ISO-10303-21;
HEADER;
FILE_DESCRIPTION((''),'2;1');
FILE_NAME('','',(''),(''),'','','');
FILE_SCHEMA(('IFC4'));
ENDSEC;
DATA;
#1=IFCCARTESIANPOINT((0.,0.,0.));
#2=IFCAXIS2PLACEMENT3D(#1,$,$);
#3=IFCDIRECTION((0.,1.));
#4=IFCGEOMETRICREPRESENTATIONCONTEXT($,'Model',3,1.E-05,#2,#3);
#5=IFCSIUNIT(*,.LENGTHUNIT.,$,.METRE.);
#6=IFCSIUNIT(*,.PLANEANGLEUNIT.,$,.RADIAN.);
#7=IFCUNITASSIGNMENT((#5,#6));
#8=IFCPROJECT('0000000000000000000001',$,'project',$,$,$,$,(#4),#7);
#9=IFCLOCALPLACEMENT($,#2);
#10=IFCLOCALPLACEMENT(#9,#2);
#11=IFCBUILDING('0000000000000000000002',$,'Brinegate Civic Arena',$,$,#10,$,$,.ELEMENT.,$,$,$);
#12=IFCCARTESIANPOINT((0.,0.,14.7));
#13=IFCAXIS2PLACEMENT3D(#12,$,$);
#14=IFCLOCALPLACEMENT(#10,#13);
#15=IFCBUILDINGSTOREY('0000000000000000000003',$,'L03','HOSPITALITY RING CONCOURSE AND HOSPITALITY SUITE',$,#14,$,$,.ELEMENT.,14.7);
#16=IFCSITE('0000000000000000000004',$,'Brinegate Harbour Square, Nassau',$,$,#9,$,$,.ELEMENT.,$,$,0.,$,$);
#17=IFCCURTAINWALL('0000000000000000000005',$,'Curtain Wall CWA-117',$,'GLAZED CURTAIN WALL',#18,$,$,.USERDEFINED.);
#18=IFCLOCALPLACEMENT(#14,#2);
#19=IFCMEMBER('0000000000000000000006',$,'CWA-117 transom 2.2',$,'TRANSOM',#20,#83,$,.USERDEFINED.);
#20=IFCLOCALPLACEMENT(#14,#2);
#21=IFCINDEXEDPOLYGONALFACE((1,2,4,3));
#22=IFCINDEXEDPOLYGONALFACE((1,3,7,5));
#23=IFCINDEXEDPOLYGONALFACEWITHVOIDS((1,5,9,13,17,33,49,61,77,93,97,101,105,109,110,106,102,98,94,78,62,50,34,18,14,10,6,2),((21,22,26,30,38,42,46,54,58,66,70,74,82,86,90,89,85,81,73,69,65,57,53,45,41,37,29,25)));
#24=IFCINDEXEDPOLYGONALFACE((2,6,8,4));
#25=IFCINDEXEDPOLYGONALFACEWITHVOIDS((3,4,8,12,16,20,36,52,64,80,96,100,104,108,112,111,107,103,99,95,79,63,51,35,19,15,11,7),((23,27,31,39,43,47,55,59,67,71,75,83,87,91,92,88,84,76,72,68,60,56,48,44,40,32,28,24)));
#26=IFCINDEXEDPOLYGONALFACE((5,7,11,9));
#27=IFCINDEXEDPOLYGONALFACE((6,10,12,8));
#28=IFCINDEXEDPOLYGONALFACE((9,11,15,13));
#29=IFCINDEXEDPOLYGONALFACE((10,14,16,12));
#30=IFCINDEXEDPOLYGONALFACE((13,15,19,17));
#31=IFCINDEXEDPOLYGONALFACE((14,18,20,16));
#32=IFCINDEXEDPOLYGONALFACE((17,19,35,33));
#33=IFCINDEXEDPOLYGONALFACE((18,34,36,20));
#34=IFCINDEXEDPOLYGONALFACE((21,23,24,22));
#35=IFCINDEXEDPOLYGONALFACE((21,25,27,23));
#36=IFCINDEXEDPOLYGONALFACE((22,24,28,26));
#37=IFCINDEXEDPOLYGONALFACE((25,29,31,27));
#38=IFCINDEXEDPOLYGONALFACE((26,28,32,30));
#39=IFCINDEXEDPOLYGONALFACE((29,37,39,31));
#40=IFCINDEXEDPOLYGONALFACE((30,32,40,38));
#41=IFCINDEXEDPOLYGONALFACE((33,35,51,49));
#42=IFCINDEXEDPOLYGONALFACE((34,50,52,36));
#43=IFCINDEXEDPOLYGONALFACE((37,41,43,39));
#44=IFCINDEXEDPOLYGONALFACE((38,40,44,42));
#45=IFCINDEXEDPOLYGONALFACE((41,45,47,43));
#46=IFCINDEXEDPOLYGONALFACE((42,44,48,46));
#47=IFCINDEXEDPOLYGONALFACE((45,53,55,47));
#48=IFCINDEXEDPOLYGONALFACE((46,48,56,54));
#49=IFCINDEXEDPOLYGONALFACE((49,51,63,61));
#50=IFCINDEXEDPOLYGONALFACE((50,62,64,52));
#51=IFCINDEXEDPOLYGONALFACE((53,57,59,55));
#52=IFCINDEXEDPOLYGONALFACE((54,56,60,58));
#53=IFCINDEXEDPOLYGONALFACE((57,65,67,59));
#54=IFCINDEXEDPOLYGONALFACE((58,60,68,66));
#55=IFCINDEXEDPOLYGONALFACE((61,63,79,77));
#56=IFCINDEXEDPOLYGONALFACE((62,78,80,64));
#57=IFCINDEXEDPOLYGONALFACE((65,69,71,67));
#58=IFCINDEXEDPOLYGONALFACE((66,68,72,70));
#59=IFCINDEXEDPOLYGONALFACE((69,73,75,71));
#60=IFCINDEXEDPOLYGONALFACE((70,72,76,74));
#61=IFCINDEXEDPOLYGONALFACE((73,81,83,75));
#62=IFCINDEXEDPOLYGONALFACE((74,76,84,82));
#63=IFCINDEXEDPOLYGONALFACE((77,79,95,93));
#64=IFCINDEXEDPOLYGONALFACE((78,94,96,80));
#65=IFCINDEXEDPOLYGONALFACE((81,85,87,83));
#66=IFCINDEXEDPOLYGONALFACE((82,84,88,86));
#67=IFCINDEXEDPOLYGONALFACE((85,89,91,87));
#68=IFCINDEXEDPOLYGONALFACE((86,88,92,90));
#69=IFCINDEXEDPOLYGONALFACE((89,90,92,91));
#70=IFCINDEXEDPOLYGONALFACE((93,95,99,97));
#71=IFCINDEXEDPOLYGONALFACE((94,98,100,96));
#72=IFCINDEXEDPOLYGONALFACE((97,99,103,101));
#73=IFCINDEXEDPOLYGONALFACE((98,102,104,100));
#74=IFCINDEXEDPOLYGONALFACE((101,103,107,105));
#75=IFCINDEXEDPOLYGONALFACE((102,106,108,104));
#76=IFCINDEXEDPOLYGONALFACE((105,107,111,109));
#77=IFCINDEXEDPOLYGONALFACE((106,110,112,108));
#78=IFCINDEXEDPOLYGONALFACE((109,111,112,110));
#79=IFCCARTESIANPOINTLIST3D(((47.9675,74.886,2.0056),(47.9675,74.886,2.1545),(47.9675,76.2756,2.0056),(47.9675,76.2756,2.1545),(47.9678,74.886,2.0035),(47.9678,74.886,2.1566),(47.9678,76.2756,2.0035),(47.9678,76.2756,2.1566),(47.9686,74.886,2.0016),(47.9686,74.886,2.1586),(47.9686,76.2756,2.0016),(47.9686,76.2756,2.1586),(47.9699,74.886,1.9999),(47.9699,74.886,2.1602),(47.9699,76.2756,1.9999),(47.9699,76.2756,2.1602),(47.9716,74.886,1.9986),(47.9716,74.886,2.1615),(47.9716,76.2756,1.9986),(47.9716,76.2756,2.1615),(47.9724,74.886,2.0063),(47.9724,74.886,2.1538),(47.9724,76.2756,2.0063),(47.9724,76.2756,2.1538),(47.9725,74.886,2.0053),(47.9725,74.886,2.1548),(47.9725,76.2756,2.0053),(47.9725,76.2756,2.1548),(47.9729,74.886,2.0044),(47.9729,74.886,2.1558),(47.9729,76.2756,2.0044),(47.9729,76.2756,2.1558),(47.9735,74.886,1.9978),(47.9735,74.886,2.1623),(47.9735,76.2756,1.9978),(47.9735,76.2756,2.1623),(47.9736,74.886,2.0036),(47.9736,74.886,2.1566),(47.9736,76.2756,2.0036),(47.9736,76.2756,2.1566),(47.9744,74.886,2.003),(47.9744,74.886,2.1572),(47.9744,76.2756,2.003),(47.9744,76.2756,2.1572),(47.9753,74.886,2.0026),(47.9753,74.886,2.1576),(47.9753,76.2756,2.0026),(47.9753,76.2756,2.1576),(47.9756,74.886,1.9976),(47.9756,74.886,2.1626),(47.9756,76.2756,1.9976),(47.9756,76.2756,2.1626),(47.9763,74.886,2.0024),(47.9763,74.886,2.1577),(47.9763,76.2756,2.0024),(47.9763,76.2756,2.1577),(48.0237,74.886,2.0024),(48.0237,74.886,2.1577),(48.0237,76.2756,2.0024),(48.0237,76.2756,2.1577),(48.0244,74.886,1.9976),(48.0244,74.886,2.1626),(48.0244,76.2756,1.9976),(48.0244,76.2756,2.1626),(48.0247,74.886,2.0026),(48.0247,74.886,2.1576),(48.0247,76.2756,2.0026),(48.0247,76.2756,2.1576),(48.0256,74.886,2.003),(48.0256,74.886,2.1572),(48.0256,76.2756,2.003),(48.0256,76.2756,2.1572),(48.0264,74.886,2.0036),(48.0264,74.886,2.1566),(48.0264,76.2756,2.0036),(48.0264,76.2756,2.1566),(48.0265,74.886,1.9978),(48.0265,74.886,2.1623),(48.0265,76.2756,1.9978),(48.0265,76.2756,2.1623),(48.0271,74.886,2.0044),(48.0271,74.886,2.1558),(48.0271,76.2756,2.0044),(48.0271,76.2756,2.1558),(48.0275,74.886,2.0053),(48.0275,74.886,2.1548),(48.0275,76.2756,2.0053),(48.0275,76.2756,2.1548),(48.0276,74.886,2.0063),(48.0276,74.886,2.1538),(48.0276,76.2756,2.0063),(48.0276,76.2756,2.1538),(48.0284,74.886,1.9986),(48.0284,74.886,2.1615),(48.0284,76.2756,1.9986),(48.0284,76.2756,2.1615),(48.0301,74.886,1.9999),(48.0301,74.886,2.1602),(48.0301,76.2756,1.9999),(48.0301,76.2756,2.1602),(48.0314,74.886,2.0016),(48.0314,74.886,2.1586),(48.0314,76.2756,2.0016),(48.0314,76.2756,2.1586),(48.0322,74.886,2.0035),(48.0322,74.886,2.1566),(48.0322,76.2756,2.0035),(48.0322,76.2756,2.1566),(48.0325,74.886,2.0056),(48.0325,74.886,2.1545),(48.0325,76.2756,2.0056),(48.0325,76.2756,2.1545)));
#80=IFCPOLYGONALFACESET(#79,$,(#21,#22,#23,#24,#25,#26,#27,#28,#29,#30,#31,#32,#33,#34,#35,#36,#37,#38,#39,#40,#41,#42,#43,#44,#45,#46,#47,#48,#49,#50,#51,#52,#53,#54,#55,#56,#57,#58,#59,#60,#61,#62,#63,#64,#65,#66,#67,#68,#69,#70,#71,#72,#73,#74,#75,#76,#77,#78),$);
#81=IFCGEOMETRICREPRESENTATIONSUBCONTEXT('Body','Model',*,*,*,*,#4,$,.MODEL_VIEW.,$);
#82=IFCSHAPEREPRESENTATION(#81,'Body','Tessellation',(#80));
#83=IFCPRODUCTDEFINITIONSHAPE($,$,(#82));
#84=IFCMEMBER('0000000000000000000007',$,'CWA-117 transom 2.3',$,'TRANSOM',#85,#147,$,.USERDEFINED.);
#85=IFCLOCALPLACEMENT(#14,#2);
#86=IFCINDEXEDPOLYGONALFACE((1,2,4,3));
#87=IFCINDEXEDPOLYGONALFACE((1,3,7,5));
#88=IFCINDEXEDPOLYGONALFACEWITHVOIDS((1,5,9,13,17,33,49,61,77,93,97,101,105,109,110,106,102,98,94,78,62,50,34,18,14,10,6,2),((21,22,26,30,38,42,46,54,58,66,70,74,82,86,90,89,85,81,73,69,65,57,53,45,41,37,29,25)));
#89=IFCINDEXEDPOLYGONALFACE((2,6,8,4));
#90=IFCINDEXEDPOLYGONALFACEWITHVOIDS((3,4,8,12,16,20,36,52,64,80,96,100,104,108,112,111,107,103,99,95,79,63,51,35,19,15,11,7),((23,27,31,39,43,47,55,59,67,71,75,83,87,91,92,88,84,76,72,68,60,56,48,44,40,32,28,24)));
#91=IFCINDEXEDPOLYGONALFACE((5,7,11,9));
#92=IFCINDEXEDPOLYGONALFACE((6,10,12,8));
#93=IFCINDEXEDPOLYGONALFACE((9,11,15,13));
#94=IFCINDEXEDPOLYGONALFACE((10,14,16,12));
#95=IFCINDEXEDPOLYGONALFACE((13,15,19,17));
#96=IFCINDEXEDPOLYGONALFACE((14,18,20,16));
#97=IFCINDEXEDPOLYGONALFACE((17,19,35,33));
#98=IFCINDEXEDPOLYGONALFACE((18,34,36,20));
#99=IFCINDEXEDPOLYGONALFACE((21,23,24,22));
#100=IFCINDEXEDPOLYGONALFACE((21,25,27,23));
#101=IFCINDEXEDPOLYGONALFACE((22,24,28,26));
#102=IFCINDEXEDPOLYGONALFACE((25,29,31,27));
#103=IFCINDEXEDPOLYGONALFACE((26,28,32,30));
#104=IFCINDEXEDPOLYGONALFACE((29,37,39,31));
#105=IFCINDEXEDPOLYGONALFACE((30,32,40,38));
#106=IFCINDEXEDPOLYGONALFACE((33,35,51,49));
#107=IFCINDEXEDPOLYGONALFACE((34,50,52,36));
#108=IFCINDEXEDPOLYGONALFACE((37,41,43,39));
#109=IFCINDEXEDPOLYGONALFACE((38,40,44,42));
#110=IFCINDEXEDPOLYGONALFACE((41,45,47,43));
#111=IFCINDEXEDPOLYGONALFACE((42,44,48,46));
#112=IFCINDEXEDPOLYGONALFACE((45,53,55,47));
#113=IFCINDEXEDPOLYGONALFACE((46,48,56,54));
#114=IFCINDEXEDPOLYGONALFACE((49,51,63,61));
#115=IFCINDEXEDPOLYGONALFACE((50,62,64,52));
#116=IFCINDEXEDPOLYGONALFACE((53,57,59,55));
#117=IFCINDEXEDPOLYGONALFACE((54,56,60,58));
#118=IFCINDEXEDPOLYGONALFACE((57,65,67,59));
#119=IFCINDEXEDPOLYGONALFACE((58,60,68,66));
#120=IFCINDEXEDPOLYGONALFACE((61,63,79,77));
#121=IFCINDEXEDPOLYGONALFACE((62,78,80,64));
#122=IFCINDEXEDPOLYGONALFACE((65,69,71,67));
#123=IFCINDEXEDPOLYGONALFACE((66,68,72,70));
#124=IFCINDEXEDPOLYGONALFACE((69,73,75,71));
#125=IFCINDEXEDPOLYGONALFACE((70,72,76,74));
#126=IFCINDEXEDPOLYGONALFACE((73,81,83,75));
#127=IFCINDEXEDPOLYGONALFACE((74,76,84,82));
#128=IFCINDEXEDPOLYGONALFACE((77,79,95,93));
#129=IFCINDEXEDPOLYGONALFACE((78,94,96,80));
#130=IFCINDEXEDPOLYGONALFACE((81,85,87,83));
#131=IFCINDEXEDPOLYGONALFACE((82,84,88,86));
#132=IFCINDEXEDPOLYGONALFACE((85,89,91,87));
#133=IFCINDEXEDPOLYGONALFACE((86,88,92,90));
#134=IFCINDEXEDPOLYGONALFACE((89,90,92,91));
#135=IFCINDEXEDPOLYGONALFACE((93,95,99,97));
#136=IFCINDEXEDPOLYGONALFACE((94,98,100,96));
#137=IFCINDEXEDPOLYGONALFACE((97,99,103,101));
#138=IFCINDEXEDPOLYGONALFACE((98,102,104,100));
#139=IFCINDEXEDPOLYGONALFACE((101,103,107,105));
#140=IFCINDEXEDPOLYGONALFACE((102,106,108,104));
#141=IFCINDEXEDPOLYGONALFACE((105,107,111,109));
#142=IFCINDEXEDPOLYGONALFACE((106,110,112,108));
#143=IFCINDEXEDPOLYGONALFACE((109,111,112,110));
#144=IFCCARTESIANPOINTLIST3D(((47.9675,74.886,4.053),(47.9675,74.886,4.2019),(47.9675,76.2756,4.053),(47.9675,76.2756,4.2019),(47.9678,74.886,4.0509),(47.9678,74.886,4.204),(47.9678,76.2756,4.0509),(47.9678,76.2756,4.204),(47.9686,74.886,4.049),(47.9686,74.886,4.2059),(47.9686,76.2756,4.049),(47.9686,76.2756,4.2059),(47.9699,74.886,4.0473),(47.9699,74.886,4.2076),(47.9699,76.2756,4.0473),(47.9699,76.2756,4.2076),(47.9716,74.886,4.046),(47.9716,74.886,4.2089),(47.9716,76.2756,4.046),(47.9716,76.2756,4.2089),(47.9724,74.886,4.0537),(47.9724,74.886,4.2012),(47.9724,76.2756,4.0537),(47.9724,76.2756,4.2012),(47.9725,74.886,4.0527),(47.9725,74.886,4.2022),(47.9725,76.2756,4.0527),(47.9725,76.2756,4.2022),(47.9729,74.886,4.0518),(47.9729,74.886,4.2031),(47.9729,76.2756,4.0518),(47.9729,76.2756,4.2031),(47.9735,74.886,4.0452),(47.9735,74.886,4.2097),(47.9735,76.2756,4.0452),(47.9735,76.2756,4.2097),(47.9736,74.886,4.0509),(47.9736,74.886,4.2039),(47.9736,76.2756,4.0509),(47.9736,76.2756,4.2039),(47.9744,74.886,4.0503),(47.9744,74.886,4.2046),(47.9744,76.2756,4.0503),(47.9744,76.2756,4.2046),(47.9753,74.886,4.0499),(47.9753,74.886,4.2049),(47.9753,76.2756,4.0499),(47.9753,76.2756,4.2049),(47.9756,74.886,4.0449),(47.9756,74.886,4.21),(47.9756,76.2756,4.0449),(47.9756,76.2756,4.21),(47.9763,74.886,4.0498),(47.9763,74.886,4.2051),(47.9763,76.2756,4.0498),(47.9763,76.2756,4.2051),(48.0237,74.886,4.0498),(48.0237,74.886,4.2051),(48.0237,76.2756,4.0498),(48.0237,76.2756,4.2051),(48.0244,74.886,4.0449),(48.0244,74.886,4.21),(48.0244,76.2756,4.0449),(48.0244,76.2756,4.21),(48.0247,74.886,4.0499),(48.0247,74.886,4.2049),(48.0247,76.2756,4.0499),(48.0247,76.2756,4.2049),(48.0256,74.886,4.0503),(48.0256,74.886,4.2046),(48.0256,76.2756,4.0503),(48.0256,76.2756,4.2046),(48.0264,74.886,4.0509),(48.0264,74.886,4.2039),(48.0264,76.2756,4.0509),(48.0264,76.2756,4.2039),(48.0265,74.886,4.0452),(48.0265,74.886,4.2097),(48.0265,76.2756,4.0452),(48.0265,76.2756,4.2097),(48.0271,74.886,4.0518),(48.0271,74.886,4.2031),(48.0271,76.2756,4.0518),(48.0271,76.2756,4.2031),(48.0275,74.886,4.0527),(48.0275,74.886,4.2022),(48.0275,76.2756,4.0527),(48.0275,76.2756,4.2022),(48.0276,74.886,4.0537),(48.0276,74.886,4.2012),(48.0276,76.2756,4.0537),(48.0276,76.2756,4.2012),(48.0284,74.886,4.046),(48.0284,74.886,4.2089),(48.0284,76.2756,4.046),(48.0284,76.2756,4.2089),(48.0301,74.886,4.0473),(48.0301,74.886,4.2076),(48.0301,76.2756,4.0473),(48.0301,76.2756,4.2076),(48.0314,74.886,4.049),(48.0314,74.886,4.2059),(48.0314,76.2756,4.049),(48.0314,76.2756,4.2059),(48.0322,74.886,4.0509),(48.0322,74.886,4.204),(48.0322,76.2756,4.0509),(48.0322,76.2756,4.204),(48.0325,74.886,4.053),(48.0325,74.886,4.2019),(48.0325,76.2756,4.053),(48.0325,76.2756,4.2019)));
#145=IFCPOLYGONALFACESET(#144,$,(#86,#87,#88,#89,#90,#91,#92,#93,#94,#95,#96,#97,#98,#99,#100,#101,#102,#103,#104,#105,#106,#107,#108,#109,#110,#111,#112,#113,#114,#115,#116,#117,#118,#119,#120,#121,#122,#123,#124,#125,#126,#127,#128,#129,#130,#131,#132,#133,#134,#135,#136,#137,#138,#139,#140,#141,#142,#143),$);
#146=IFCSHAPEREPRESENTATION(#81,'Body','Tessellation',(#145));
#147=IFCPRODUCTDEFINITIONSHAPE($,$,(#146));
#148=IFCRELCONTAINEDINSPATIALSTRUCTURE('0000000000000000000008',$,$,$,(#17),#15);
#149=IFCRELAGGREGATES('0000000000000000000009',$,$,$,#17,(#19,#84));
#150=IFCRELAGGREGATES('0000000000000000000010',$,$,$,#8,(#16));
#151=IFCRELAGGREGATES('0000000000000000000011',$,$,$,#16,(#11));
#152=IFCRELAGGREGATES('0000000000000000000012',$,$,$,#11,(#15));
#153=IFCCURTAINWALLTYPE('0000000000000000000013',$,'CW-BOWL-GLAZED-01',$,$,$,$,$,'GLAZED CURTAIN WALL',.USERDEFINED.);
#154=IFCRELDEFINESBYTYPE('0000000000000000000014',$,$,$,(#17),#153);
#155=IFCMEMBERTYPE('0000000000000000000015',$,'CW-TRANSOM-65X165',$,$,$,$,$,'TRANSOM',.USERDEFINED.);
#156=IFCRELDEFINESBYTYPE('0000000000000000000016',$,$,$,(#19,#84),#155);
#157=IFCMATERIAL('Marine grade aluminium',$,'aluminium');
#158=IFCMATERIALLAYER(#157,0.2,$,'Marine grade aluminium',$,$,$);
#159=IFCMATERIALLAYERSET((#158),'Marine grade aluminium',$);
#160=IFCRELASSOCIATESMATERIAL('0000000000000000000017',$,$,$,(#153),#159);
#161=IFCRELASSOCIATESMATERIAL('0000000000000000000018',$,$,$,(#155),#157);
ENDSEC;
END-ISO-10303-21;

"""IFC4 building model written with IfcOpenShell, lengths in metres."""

from ifc_helpers import new_model, si_unit, direction, frame, origin, origin_2d, place, context, subcontext, project, spatial, hollow_rectangle, extrude, material, layer, layer_set, material_profile, profile_set, type_object, element, aggregate, save


model = new_model("IFC4")

# Units and contexts
model_context = context("Model", 3, precision=1e-05, world=origin(), true_north=direction((0.0, 1.0)))
body_context = subcontext(model_context, "Body", "Model", "MODEL_VIEW")
ifc_project = project(units=[si_unit("LENGTHUNIT", "METRE"), si_unit("PLANEANGLEUNIT", "RADIAN")], contexts=[model_context])

# Site, building, storey
site_placement = place(None, origin())
site = spatial("IfcSite", under=ifc_project, at=site_placement, Name="Brinegate Harbour Square, Nassau", CompositionType="ELEMENT", RefElevation=0.0)
building_placement = place(site_placement, origin())
building = spatial("IfcBuilding", under=site, at=building_placement, Name="Brinegate Civic Arena", CompositionType="ELEMENT")
storey_placement = place(building_placement, frame((0.0, 0.0, 14.7)))
storey = spatial("IfcBuildingStorey", under=building, at=storey_placement, Name="L03", Description="HOSPITALITY RING CONCOURSE AND HOSPITALITY SUITE", CompositionType="ELEMENT", Elevation=14.7)

# Curtain wall
ifc_material_1 = material(Name="Marine grade aluminium", Category="aluminium")
ifc_layer_1 = layer(ifc_material_1, 0.2, Name="Marine grade aluminium")
ifc_layer_set_1 = layer_set([ifc_layer_1], Name="Marine grade aluminium")
curtain_wall_type = type_object("IfcCurtainWallType", Name="CW-BOWL-GLAZED-01", ElementType="GLAZED CURTAIN WALL", PredefinedType="USERDEFINED", material=ifc_layer_set_1)
curtain_wall_1_placement = place(storey_placement, origin())
curtain_wall_1 = element("IfcCurtainWall", 1, at=curtain_wall_1_placement, inside=storey, type_object=curtain_wall_type, Name="Curtain Wall CWA-117", ObjectType="GLAZED CURTAIN WALL", PredefinedType="USERDEFINED")

# Members
ifc_material_profile_1 = material_profile(ifc_material_1, hollow_rectangle(XDim=0.0649, YDim=0.165, WallThickness=0.0049, InnerFilletRadius=0.0039, OuterFilletRadius=0.0081, at=origin_2d()), Name="TRN65X165")
ifc_profile_set_1 = profile_set([ifc_material_profile_1], Name="Marine grade aluminium")
member_type_1 = type_object("IfcMemberType", Name="CW-TRANSOM-65X165", ElementType="TRANSOM", PredefinedType="USERDEFINED", material=ifc_profile_set_1)
member_1_placement = place(storey_placement, frame((48.0, 74.886, 2.0801), z_axis=(0.0, 1.0, 0.0), x_axis=(-1.0, 0.0, 0.0)))
member_1 = element("IfcMember", 2, at=member_1_placement, type_object=member_type_1, Name="CWA-117 transom 2.2", ObjectType="TRANSOM", PredefinedType="USERDEFINED", context=body_context, shape_type="SweptSolid", body=[
    extrude(hollow_rectangle(XDim=0.0649, YDim=0.165, WallThickness=0.0049, InnerFilletRadius=0.0039, OuterFilletRadius=0.0081, at=origin_2d()), origin(), (0.0, 0.0, 1.0), 1.3896),
])
member_2_placement = place(storey_placement, frame((48.0, 74.886, 4.1274), z_axis=(0.0, 1.0, 0.0), x_axis=(-1.0, 0.0, 0.0)))
member_2 = element("IfcMember", 3, at=member_2_placement, type_object=member_type_1, Name="CWA-117 transom 2.3", ObjectType="TRANSOM", PredefinedType="USERDEFINED", context=body_context, shape_type="SweptSolid", body=[
    extrude(hollow_rectangle(XDim=0.0649, YDim=0.165, WallThickness=0.0049, InnerFilletRadius=0.0039, OuterFilletRadius=0.0081, at=origin_2d()), origin(), (0.0, 0.0, 1.0), 1.3896),
])

aggregate(curtain_wall_1, [member_1, member_2])

save(model, "model.ifc")
